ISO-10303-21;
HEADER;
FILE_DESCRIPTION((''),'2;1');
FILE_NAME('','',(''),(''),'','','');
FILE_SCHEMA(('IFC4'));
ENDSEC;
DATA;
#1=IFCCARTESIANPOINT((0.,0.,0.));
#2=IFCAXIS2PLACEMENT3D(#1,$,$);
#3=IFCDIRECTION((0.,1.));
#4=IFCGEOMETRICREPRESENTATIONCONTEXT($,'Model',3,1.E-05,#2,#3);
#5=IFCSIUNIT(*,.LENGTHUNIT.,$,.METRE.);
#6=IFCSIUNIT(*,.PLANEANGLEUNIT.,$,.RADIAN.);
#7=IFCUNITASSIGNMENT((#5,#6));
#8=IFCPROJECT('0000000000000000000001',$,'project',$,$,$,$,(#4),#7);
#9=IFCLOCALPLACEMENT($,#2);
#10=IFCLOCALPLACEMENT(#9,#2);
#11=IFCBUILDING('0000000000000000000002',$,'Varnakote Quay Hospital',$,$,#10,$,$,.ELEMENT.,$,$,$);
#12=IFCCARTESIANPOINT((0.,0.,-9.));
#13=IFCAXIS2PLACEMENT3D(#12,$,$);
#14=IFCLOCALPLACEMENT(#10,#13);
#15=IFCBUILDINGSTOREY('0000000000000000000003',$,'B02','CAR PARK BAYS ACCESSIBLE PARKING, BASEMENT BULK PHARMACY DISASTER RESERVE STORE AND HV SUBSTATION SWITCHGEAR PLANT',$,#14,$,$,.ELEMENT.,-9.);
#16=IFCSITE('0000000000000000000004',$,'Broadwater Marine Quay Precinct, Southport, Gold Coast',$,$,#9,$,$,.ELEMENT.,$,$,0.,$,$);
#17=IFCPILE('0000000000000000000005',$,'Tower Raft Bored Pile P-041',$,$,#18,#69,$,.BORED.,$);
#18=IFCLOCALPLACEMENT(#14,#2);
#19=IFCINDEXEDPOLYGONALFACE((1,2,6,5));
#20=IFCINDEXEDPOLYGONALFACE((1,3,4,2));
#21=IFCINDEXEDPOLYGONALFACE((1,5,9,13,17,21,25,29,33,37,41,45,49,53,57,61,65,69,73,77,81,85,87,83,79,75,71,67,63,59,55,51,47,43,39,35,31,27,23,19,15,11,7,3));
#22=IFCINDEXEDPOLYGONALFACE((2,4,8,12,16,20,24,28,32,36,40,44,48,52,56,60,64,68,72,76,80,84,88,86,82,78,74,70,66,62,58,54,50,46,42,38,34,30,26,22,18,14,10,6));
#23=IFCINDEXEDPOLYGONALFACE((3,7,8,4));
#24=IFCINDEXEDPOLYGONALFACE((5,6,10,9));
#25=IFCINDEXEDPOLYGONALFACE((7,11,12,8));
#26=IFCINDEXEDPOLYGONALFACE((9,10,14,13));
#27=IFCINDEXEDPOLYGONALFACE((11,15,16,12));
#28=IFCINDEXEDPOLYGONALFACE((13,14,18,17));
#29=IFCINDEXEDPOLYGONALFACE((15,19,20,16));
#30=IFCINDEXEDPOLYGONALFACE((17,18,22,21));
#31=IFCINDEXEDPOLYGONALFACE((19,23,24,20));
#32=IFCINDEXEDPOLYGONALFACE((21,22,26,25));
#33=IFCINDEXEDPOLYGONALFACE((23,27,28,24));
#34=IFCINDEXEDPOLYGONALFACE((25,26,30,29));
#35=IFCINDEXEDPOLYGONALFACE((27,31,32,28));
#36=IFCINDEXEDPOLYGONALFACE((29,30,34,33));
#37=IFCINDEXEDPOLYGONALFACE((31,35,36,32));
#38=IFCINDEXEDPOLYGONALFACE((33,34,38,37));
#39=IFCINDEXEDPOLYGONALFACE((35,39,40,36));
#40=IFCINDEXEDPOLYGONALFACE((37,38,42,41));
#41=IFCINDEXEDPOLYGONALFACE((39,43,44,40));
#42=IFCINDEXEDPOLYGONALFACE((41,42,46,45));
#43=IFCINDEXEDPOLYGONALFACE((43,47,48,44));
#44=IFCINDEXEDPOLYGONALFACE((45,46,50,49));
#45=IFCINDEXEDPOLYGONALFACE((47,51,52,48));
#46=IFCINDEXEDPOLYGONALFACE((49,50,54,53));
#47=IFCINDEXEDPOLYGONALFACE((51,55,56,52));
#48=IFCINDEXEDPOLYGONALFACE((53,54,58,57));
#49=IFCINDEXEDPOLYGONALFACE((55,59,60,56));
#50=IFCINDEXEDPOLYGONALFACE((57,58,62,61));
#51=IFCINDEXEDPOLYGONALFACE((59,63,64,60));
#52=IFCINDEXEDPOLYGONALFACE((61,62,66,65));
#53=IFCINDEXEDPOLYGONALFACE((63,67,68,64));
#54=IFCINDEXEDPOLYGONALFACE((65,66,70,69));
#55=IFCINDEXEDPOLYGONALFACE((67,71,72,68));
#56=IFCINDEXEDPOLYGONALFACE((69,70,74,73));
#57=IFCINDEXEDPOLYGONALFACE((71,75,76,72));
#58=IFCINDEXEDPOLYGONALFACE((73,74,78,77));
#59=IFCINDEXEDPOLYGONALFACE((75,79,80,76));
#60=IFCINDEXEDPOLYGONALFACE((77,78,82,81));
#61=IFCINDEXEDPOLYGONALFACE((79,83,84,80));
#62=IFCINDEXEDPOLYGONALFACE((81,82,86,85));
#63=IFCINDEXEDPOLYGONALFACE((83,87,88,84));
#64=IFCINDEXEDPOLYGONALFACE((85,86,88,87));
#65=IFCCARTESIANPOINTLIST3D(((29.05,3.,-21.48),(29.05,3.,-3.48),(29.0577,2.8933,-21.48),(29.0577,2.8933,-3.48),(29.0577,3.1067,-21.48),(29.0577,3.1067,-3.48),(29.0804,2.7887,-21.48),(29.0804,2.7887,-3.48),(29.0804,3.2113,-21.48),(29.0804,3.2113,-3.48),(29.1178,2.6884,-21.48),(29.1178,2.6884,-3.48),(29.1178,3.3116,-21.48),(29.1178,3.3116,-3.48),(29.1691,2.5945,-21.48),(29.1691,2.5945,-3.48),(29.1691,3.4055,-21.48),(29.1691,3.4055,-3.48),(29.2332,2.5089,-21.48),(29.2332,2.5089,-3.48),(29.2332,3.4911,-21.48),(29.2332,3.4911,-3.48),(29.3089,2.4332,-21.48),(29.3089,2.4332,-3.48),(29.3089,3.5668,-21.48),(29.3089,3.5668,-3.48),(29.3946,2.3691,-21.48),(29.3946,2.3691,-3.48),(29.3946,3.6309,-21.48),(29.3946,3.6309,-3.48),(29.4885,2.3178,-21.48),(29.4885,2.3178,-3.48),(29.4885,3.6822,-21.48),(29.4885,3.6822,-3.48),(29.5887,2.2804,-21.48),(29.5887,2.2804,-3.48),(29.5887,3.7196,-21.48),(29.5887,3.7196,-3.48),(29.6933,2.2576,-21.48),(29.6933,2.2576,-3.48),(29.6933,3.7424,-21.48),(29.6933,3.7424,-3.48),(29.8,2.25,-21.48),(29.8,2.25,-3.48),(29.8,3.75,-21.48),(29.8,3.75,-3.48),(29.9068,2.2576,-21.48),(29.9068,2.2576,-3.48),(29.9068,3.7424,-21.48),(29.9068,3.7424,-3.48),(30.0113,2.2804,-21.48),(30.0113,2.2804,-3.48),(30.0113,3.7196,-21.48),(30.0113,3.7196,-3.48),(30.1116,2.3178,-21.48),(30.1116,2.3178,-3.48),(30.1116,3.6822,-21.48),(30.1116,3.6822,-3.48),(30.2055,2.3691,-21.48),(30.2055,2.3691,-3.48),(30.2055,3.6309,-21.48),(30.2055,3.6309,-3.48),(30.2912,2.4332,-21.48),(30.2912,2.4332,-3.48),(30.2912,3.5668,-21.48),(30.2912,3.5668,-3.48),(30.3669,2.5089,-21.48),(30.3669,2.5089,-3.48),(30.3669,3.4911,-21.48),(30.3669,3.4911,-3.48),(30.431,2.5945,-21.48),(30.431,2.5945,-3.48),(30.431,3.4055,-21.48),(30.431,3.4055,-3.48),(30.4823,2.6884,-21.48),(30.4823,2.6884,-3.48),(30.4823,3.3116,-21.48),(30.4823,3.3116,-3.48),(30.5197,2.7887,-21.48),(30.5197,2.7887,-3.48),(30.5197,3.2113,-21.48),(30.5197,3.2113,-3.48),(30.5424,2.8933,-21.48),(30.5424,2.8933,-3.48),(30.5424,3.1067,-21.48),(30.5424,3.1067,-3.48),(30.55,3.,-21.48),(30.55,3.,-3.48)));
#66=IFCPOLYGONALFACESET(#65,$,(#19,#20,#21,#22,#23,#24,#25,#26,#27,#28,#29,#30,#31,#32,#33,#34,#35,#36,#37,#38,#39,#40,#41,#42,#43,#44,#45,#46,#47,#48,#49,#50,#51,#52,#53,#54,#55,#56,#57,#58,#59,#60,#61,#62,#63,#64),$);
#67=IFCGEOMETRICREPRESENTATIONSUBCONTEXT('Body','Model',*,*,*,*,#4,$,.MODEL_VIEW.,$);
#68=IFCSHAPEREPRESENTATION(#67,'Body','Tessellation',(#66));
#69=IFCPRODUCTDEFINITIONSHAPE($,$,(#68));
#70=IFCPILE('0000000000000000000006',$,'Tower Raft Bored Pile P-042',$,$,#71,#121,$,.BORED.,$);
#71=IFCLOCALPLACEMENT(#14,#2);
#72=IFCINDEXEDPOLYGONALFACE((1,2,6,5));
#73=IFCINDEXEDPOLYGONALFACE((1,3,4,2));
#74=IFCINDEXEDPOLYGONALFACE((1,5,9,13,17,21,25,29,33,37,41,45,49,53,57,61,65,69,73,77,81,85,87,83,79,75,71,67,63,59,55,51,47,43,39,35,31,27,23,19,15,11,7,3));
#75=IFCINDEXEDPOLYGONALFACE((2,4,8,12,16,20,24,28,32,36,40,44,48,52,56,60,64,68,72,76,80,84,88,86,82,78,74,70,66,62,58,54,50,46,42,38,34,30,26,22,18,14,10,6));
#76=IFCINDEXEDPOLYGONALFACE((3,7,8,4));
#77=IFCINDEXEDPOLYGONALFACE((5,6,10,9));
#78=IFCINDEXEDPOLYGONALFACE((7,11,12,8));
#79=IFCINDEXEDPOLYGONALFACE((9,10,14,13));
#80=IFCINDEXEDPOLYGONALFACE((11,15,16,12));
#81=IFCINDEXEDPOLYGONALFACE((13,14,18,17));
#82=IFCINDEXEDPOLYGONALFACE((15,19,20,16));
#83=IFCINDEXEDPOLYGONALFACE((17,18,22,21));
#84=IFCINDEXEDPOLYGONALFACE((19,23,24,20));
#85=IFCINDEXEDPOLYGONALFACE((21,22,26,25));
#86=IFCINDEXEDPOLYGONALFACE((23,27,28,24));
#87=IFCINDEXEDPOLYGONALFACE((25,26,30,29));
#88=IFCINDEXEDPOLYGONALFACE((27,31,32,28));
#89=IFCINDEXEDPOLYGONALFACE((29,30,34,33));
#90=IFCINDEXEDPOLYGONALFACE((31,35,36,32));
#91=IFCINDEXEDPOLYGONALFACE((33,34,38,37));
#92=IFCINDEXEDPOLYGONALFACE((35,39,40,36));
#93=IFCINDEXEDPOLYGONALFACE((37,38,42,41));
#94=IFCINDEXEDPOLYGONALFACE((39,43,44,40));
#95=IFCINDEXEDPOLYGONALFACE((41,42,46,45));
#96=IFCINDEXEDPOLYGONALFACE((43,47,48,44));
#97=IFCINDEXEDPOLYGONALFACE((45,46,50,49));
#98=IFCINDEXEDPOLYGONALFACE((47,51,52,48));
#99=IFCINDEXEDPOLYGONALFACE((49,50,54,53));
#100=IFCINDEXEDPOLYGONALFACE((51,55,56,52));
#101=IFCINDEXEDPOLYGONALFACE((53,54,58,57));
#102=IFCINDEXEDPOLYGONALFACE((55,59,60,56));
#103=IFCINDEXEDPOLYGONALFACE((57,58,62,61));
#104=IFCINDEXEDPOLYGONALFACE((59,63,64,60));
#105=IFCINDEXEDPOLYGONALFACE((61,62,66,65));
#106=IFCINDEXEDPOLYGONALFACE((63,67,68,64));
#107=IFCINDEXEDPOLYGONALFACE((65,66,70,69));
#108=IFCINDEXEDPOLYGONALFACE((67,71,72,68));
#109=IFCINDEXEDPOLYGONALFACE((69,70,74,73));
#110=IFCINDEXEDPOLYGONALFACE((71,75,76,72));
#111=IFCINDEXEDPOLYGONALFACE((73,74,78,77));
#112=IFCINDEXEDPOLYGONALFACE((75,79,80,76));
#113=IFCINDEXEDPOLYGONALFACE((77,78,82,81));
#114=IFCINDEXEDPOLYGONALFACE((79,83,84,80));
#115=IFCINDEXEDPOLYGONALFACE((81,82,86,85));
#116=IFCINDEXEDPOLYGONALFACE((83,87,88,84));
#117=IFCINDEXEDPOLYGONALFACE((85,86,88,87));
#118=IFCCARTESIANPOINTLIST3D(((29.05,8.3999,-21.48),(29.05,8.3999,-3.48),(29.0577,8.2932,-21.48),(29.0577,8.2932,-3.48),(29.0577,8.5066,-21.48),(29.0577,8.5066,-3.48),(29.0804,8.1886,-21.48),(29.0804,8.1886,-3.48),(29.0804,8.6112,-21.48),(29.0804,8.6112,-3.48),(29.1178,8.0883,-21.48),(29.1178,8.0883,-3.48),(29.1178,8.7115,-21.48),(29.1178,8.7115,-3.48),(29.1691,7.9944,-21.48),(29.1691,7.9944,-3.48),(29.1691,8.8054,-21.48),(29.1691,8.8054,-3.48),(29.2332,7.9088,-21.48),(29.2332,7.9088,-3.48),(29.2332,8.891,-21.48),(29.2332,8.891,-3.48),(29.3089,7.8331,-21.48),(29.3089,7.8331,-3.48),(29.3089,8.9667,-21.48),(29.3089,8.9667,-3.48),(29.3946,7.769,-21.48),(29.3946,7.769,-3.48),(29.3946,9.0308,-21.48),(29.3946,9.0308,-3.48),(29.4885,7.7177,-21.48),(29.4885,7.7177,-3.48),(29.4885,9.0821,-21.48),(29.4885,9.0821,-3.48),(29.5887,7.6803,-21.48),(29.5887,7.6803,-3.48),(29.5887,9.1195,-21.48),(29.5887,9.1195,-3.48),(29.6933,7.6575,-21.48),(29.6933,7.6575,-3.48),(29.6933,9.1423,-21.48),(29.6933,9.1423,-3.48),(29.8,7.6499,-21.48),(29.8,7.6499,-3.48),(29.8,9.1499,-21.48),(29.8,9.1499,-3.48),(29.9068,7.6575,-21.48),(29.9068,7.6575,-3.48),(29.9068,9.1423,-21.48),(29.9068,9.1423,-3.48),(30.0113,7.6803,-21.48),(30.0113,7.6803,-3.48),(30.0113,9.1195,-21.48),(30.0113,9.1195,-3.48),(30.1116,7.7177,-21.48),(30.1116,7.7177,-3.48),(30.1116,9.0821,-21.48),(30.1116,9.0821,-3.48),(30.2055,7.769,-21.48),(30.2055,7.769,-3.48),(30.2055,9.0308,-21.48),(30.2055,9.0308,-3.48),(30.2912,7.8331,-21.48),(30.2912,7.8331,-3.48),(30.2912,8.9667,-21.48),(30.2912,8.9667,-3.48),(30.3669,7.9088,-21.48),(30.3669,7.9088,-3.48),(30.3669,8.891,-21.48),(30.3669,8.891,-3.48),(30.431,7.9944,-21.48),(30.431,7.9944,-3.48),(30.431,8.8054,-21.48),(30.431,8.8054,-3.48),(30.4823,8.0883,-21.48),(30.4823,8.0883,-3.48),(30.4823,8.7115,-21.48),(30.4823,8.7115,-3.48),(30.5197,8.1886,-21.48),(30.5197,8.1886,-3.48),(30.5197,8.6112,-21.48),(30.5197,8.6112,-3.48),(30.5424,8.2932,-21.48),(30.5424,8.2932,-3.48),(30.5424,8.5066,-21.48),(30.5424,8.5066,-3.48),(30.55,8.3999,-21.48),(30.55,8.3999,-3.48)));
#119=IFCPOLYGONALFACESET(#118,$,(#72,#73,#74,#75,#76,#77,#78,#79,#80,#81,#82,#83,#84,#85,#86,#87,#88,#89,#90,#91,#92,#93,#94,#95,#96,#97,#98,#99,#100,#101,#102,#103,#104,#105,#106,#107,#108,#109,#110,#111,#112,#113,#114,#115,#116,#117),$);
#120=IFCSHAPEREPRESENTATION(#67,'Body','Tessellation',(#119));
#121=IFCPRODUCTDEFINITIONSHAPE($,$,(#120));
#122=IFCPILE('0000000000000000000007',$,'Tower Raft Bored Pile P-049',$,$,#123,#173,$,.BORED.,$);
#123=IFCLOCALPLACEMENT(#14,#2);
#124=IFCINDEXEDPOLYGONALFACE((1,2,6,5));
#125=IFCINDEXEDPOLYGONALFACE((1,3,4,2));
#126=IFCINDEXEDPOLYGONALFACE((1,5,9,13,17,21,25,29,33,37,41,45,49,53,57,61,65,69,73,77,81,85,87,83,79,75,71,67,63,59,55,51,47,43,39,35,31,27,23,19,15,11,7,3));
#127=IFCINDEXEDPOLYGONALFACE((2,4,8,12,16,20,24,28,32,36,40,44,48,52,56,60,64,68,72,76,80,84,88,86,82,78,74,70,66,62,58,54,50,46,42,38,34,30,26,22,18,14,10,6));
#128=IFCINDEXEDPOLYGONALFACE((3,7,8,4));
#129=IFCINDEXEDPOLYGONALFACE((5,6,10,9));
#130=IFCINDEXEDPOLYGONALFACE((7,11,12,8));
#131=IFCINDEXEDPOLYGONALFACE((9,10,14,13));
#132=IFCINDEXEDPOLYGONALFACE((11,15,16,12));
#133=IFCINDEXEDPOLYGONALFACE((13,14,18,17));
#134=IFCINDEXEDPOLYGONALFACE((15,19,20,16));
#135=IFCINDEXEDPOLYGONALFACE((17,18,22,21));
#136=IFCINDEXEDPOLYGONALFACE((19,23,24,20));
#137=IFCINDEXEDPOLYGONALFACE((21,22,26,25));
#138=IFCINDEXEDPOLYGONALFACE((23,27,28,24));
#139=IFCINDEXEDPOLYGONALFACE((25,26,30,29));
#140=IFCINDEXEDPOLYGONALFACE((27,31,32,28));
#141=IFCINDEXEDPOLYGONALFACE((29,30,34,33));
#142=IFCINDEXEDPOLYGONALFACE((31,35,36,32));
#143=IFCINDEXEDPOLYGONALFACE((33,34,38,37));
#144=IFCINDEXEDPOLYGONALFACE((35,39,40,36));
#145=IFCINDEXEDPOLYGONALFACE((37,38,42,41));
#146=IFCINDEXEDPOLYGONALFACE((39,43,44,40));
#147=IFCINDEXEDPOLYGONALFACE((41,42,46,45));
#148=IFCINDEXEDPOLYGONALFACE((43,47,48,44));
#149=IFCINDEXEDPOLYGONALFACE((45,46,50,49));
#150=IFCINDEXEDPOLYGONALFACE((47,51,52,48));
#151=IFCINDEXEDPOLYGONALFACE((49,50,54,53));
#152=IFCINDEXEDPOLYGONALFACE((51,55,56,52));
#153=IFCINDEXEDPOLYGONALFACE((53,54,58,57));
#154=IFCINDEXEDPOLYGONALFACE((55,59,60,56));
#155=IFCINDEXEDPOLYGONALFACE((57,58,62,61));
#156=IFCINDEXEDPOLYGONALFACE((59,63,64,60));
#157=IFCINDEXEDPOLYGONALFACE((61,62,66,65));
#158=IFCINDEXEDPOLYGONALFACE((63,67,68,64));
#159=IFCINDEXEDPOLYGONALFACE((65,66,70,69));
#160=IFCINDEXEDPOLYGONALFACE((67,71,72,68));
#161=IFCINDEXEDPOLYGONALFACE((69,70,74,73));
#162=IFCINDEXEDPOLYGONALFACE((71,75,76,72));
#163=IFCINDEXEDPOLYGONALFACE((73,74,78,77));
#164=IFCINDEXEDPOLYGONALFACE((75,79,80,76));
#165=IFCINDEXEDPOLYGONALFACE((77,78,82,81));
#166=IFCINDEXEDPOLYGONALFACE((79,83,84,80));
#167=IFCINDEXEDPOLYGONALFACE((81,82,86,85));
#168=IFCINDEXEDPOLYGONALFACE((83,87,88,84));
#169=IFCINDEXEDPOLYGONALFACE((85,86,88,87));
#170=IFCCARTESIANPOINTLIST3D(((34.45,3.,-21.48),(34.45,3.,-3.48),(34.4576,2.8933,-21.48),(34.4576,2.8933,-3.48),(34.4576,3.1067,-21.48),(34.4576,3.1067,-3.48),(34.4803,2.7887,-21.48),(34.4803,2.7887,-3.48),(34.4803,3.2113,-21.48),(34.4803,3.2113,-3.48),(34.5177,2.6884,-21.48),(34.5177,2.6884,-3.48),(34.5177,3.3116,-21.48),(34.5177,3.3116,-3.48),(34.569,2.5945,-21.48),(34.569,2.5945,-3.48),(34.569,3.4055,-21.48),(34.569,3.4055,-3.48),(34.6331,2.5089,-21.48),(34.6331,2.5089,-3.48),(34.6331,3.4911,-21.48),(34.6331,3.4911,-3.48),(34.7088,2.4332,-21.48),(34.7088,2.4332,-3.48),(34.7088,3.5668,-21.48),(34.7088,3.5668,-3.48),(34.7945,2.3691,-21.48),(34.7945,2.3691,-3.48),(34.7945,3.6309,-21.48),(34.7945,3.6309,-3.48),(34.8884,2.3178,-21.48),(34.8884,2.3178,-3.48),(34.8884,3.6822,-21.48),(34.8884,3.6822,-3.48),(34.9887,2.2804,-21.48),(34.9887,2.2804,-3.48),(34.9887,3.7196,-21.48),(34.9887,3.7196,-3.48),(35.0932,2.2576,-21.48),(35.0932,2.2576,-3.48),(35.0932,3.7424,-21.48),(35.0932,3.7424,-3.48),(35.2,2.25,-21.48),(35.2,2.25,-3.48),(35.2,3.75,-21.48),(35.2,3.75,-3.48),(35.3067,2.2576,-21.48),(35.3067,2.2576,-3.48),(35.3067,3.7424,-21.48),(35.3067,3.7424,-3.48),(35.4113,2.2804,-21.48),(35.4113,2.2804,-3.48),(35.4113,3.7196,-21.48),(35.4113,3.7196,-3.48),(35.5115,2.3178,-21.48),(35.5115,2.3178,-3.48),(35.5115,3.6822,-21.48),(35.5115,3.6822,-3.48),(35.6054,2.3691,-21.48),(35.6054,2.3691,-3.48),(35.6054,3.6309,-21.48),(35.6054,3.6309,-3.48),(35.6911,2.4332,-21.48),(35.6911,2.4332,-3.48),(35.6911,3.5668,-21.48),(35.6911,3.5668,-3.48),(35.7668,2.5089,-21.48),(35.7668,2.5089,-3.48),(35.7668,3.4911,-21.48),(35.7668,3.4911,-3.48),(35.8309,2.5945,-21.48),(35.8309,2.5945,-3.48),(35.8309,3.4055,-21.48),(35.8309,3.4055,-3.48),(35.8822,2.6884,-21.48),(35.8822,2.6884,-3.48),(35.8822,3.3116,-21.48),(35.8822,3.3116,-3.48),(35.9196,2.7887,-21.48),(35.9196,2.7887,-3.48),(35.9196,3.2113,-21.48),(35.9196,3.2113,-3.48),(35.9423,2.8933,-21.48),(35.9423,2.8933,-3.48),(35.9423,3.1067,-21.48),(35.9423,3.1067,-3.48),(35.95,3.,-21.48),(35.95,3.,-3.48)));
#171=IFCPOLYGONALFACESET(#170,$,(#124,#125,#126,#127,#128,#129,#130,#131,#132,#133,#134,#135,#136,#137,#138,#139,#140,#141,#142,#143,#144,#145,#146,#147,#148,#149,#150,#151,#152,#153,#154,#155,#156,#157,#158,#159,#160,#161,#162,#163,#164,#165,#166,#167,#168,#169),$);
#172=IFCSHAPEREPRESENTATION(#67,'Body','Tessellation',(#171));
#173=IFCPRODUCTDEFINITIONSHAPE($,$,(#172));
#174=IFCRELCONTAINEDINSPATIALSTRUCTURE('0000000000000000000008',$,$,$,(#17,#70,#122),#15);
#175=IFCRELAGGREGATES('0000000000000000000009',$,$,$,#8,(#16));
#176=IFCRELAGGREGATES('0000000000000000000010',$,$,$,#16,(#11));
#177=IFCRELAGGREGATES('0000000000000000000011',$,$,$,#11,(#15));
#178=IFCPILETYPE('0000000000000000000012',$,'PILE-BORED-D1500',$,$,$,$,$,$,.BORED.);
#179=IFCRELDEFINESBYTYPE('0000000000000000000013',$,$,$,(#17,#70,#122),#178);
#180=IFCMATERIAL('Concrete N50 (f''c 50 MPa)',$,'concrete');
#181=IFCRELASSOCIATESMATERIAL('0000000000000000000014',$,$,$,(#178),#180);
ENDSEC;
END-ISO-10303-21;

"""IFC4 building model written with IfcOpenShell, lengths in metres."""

from ifc_helpers import new_model, si_unit, direction, frame, origin, origin_2d, place, context, subcontext, project, spatial, circle, extrude, material, material_profile, profile_set, type_object, element, save


model = new_model("IFC4")

# Units and contexts
model_context = context("Model", 3, precision=1e-05, world=origin(), true_north=direction((0.0, 1.0)))
body_context = subcontext(model_context, "Body", "Model", "MODEL_VIEW")
ifc_project = project(units=[si_unit("LENGTHUNIT", "METRE"), si_unit("PLANEANGLEUNIT", "RADIAN")], contexts=[model_context])

# Site, building, storey
site_placement = place(None, origin())
site = spatial("IfcSite", under=ifc_project, at=site_placement, Name="Broadwater Marine Quay Precinct, Southport, Gold Coast", CompositionType="ELEMENT", RefElevation=0.0)
building_placement = place(site_placement, origin())
building = spatial("IfcBuilding", under=site, at=building_placement, Name="Varnakote Quay Hospital", CompositionType="ELEMENT")
storey_placement = place(building_placement, frame((0.0, 0.0, -9.0)))
storey = spatial("IfcBuildingStorey", under=building, at=storey_placement, Name="B02", Description="CAR PARK BAYS ACCESSIBLE PARKING, BASEMENT BULK PHARMACY DISASTER RESERVE STORE AND HV SUBSTATION SWITCHGEAR PLANT", CompositionType="ELEMENT", Elevation=-9.0)

# Piles
ifc_material_1 = material(Name="Concrete N50 (f'c 50 MPa)", Category="concrete")
ifc_material_profile_1 = material_profile(ifc_material_1, circle(Radius=0.75, at=origin_2d()), Name="PILE-D1500")
ifc_profile_set_1 = profile_set([ifc_material_profile_1], Name="Concrete N50 (f'c 50 MPa)")
pile_type = type_object("IfcPileType", Name="PILE-BORED-D1500", PredefinedType="BORED", material=ifc_profile_set_1)
for number, where, z_axis, x_axis, name in (
    (1, (29.8, 3.0, -3.48), (0.0, 0.0, -1.0), (1.0, 0.0, 0.0), "Tower Raft Bored Pile P-041"),
    (2, (29.8, 8.3999, -3.48), (0.0, 0.0, -1.0), (1.0, 0.0, 0.0), "Tower Raft Bored Pile P-042"),
    (3, (35.2, 3.0, -3.48), (0.0, 0.0, -1.0), (1.0, 0.0, 0.0), "Tower Raft Bored Pile P-049"),
):
    element("IfcPile", number, at=place(storey_placement, frame(where, z_axis=z_axis, x_axis=x_axis)), inside=storey, type_object=pile_type, Name=name, PredefinedType="BORED", context=body_context, shape_type="SweptSolid", body=[
        extrude(circle(Radius=0.75, at=origin_2d()), origin(), (0.0, 0.0, 1.0), 18.0),
    ])

save(model, "model.ifc")
